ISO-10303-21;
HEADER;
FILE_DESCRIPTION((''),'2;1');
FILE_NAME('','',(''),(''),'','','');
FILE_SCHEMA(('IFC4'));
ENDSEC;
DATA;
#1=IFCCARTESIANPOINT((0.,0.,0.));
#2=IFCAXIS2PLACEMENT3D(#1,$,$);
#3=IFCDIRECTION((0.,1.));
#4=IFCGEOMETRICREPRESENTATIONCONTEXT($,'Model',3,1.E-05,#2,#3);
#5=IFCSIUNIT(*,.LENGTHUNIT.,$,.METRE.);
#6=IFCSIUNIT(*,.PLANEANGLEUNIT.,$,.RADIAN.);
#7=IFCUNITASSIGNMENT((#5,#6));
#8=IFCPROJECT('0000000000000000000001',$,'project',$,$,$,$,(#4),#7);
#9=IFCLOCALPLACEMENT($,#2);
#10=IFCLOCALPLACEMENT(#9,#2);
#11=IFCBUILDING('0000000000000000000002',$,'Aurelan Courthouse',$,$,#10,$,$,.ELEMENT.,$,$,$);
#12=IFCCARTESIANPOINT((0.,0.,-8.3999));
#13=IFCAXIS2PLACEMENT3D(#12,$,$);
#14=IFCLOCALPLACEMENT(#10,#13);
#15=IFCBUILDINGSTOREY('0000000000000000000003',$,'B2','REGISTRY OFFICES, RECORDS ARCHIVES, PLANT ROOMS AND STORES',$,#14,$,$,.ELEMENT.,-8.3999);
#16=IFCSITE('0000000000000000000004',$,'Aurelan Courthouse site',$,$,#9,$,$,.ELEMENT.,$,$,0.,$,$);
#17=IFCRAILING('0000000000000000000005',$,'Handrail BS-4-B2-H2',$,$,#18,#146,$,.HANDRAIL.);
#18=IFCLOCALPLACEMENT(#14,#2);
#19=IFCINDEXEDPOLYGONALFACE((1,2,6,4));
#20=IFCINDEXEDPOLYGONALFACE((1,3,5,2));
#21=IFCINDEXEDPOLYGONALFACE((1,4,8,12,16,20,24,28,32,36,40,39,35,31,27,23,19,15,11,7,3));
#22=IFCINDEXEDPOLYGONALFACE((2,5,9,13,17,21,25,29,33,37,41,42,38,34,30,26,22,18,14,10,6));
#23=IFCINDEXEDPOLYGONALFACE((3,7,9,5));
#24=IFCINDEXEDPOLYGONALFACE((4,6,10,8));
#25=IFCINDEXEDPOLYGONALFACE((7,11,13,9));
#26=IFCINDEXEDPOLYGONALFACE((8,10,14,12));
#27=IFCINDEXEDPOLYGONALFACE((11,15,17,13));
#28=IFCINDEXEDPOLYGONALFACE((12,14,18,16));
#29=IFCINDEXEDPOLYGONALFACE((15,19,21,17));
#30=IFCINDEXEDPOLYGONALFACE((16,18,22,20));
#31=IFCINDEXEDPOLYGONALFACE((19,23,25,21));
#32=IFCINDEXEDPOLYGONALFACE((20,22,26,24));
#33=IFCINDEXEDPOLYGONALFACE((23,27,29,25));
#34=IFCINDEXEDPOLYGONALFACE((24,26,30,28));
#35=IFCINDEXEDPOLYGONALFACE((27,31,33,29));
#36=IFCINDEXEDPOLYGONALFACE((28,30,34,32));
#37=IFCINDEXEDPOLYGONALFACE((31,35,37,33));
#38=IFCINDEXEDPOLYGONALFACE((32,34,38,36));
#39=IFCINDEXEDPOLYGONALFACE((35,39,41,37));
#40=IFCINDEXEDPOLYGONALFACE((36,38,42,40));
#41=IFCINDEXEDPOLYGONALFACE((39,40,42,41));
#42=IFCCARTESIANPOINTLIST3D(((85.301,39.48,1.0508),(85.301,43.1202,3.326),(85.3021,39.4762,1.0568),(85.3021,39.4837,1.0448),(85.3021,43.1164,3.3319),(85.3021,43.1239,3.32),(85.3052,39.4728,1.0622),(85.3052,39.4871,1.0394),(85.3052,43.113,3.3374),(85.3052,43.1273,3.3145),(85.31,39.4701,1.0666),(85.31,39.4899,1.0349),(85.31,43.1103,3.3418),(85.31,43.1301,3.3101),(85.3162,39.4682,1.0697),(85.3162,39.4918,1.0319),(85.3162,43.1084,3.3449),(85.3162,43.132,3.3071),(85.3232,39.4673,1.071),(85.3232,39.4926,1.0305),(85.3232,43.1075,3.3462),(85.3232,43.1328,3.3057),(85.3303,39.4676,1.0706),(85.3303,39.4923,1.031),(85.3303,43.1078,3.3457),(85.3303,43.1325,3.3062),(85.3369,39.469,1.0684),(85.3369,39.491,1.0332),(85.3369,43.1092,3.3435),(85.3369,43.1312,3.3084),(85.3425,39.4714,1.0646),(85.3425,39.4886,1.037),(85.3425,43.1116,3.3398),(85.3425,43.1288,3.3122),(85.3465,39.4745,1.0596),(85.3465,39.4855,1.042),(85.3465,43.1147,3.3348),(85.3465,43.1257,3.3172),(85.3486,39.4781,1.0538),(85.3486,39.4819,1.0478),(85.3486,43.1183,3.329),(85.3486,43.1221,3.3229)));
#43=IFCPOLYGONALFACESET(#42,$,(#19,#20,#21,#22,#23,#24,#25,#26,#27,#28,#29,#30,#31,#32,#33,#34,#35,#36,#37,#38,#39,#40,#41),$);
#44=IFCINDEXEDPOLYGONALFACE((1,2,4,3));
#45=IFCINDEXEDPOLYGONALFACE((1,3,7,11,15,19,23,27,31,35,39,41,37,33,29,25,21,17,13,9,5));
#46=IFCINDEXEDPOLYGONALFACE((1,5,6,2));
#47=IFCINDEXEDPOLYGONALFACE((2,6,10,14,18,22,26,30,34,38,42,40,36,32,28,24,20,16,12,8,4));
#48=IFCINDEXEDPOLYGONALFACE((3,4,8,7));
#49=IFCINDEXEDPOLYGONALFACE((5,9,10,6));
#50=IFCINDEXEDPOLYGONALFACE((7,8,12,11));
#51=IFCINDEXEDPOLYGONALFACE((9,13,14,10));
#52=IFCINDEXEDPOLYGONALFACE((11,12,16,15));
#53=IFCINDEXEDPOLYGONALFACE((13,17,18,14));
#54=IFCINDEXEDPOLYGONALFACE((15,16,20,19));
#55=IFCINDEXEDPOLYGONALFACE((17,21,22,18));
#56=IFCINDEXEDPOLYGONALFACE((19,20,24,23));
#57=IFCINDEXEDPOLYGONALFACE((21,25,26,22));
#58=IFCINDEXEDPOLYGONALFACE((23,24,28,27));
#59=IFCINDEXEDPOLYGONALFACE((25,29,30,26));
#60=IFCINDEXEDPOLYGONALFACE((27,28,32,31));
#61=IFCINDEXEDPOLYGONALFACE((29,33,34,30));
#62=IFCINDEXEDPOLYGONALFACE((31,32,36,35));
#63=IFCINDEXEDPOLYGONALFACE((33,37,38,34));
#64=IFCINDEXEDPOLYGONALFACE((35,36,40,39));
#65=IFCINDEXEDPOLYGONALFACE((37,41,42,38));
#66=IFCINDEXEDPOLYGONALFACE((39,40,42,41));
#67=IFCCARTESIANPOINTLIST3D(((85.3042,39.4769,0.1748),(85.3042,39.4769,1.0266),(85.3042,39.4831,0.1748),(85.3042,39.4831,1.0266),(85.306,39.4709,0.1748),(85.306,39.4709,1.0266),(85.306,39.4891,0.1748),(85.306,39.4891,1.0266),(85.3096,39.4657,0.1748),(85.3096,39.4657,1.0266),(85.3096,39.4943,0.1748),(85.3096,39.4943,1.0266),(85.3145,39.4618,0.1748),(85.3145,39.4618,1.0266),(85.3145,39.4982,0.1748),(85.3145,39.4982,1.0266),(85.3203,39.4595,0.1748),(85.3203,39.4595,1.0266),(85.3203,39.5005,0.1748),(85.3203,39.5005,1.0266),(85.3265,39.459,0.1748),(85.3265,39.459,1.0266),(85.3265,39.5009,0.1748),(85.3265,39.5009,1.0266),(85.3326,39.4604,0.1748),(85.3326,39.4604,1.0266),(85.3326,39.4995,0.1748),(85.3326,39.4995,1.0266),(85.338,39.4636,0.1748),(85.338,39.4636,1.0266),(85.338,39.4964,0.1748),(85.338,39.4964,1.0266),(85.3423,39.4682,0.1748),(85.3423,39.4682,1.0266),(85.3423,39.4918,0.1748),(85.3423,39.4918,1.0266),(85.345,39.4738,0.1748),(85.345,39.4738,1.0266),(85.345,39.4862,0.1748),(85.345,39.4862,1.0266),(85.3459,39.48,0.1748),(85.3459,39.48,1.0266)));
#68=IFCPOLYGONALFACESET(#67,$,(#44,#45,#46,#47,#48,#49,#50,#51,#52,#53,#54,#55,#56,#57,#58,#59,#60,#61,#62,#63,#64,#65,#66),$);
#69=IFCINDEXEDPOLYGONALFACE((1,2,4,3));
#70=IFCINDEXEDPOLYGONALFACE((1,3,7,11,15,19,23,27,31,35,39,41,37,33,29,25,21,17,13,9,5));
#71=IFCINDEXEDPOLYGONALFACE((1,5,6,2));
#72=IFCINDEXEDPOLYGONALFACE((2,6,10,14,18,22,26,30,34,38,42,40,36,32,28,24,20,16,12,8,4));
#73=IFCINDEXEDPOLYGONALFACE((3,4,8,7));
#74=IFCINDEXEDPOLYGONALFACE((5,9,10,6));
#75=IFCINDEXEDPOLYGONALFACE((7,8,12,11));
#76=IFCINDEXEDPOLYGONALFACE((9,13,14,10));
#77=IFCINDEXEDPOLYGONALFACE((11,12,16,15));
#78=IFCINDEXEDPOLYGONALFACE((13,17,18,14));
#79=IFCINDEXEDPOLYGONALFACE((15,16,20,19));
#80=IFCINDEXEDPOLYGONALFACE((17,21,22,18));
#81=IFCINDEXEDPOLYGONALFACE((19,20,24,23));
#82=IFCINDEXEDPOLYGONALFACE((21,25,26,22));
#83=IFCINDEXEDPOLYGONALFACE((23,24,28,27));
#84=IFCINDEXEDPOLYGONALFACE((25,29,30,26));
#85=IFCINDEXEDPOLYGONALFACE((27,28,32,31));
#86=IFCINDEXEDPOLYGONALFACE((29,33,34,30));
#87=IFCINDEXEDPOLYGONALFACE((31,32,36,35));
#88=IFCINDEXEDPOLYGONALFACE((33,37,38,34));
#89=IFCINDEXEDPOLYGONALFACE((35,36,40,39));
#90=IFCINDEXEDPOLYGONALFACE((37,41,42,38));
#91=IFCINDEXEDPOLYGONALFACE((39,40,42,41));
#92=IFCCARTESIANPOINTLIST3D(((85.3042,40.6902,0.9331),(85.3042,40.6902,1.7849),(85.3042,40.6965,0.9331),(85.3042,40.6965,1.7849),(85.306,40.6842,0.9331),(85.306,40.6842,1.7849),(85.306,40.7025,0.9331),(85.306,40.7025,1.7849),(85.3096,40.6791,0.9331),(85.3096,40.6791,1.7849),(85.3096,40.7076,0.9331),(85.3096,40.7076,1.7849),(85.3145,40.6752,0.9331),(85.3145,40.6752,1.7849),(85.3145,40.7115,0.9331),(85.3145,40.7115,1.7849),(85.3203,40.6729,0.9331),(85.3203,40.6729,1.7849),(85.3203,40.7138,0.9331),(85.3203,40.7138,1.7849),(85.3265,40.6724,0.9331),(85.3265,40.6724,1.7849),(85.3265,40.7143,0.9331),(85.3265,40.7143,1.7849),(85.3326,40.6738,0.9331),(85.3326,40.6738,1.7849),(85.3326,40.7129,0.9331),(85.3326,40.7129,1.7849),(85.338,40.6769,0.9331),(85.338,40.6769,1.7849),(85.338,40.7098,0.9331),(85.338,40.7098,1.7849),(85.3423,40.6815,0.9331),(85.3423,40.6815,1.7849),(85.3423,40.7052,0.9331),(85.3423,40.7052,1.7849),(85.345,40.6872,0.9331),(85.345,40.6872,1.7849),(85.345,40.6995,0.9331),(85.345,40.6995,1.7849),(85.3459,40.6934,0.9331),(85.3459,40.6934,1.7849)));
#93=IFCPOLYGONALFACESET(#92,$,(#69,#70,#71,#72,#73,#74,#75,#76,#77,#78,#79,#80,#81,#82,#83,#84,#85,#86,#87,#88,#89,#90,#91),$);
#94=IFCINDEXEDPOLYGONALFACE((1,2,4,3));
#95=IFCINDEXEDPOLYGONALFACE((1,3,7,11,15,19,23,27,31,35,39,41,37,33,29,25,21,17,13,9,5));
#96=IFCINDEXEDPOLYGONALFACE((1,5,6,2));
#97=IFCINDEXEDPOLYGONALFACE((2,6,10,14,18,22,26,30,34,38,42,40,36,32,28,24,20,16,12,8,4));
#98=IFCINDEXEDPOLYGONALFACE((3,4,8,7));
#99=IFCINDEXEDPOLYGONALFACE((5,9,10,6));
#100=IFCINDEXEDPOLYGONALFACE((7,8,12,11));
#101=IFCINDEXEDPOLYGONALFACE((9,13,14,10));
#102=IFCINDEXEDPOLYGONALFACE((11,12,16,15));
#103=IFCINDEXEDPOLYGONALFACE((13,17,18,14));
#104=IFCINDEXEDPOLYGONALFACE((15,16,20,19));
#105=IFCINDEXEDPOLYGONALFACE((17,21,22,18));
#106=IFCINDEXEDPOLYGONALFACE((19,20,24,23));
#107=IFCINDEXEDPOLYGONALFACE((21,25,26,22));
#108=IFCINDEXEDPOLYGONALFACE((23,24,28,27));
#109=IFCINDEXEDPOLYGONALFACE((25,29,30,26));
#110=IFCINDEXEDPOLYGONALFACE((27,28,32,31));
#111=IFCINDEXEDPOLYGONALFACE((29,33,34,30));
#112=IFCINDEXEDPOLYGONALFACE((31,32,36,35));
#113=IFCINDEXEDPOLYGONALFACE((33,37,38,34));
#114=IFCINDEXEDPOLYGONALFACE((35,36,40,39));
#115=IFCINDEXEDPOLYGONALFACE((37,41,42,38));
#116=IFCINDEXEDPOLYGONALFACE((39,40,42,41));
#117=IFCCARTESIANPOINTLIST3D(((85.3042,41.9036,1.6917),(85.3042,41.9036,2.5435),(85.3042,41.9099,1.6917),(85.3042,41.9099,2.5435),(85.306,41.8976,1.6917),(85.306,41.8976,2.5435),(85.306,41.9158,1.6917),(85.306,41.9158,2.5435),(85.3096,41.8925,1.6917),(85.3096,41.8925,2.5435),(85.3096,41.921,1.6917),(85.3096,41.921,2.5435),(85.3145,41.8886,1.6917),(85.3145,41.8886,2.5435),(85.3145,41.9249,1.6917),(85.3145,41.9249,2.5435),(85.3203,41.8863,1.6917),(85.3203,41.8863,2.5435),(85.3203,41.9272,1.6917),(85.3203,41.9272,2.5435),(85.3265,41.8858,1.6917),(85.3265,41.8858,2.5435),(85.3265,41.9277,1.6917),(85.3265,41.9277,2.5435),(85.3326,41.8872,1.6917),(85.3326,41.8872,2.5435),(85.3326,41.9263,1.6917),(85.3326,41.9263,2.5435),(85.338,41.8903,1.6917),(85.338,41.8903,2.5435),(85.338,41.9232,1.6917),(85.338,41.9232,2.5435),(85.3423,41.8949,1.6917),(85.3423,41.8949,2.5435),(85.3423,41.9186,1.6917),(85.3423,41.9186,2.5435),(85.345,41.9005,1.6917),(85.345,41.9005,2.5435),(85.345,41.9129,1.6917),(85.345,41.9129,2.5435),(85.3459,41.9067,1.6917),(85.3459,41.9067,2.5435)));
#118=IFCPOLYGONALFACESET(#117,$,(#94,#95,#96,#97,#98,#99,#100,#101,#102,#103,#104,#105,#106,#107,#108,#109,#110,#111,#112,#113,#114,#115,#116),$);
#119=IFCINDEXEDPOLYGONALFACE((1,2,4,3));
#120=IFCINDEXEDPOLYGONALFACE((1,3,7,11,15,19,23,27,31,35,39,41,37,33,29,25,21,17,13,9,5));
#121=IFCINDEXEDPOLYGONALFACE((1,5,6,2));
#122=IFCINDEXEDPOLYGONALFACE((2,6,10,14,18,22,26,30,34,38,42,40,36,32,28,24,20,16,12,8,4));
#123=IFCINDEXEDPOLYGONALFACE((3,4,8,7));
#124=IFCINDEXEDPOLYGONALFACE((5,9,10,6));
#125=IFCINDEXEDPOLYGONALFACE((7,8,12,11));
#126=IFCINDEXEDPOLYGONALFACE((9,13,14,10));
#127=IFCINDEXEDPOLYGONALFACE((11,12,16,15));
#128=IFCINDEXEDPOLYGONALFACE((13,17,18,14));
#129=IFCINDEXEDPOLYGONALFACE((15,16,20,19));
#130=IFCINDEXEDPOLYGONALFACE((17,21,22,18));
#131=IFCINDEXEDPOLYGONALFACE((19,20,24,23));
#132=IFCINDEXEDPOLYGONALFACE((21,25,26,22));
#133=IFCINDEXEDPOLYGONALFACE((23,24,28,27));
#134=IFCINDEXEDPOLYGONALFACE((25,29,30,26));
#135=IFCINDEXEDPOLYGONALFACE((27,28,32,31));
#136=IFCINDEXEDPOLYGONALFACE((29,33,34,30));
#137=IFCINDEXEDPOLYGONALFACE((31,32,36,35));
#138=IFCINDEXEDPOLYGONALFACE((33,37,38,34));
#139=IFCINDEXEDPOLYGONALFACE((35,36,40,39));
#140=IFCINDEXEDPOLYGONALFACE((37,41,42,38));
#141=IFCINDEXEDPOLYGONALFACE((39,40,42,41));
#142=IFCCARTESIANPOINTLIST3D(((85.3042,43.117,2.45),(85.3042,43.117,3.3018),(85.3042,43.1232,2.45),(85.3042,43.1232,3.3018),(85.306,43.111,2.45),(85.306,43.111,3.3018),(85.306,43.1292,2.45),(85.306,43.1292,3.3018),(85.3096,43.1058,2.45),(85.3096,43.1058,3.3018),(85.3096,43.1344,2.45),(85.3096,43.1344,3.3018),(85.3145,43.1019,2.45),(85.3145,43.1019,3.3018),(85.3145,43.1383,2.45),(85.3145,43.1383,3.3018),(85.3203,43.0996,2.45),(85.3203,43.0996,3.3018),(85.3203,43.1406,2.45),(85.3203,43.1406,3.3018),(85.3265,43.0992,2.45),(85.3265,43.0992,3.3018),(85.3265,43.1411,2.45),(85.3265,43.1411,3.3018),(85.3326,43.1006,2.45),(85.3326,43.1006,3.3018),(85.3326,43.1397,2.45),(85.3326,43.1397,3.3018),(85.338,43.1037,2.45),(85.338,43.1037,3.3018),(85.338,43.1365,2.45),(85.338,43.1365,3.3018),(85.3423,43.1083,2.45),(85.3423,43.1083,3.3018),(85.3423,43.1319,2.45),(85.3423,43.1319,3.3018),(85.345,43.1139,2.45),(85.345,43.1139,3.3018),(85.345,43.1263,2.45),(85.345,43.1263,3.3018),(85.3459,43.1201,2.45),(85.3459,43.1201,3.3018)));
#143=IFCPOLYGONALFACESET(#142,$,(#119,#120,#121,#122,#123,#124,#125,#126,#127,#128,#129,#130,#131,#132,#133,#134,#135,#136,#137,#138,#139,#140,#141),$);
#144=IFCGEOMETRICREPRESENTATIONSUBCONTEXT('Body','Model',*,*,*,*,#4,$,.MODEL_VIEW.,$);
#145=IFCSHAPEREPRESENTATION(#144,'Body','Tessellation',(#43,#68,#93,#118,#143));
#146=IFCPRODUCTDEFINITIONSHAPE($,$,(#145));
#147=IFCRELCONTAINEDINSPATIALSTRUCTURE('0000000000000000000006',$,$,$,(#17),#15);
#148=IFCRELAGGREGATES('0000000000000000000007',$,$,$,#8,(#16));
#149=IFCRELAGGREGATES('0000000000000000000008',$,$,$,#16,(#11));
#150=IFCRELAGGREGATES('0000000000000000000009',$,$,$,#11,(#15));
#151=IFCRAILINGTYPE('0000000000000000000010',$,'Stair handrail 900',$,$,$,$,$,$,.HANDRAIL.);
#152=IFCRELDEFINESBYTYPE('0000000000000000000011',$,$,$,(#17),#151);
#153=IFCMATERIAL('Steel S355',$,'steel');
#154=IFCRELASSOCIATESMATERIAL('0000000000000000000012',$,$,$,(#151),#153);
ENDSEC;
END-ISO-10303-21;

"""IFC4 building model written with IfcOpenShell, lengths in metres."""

from ifc_helpers import new_model, si_unit, direction, frame, origin, origin_2d, place, context, subcontext, project, spatial, circle, extrude, material, type_object, element, save


model = new_model("IFC4")

# Units and contexts
model_context = context("Model", 3, precision=1e-05, world=origin(), true_north=direction((0.0, 1.0)))
body_context = subcontext(model_context, "Body", "Model", "MODEL_VIEW")
ifc_project = project(units=[si_unit("LENGTHUNIT", "METRE"), si_unit("PLANEANGLEUNIT", "RADIAN")], contexts=[model_context])

# Site, building, storey
site_placement = place(None, origin())
site = spatial("IfcSite", under=ifc_project, at=site_placement, Name="Aurelan Courthouse site", CompositionType="ELEMENT", RefElevation=0.0)
building_placement = place(site_placement, origin())
building = spatial("IfcBuilding", under=site, at=building_placement, Name="Aurelan Courthouse", CompositionType="ELEMENT")
storey_placement = place(building_placement, frame((0.0, 0.0, -8.3999)))
storey = spatial("IfcBuildingStorey", under=building, at=storey_placement, Name="B2", Description="REGISTRY OFFICES, RECORDS ARCHIVES, PLANT ROOMS AND STORES", CompositionType="ELEMENT", Elevation=-8.3999)

# Railing
ifc_material_1 = material(Name="Steel S355", Category="steel")
railing_type_1 = type_object("IfcRailingType", Name="Stair handrail 900", PredefinedType="HANDRAIL", material=ifc_material_1)
for number, where, name in (
    (1, (85.325, 39.48, 0.1748), "Handrail BS-4-B2-H2"),
):
    element("IfcRailing", number, at=place(storey_placement, frame(where)), inside=storey, type_object=railing_type_1, Name=name, PredefinedType="HANDRAIL", context=body_context, shape_type="SweptSolid", body=[
        extrude(circle(Radius=0.0239, at=origin_2d()), frame((0.0, 0.0, 0.876), z_axis=(0.0, 0.847992, 0.530009), x_axis=(-1.0, 0.0, 0.0)), (0.0, 0.0, 1.0), 4.2927),
        extrude(circle(Radius=0.021, at=origin_2d()), origin(), (0.0, 0.0, 1.0), 0.8518),
        extrude(circle(Radius=0.021, at=origin_2d()), frame((0.0, 1.2134, 0.7583)), (0.0, 0.0, 1.0), 0.8518),
        extrude(circle(Radius=0.021, at=origin_2d()), frame((0.0, 2.4268, 1.5168)), (0.0, 0.0, 1.0), 0.8518),
        extrude(circle(Radius=0.021, at=origin_2d()), frame((0.0, 3.6401, 2.2751)), (0.0, 0.0, 1.0), 0.8518),
    ])

save(model, "model.ifc")
